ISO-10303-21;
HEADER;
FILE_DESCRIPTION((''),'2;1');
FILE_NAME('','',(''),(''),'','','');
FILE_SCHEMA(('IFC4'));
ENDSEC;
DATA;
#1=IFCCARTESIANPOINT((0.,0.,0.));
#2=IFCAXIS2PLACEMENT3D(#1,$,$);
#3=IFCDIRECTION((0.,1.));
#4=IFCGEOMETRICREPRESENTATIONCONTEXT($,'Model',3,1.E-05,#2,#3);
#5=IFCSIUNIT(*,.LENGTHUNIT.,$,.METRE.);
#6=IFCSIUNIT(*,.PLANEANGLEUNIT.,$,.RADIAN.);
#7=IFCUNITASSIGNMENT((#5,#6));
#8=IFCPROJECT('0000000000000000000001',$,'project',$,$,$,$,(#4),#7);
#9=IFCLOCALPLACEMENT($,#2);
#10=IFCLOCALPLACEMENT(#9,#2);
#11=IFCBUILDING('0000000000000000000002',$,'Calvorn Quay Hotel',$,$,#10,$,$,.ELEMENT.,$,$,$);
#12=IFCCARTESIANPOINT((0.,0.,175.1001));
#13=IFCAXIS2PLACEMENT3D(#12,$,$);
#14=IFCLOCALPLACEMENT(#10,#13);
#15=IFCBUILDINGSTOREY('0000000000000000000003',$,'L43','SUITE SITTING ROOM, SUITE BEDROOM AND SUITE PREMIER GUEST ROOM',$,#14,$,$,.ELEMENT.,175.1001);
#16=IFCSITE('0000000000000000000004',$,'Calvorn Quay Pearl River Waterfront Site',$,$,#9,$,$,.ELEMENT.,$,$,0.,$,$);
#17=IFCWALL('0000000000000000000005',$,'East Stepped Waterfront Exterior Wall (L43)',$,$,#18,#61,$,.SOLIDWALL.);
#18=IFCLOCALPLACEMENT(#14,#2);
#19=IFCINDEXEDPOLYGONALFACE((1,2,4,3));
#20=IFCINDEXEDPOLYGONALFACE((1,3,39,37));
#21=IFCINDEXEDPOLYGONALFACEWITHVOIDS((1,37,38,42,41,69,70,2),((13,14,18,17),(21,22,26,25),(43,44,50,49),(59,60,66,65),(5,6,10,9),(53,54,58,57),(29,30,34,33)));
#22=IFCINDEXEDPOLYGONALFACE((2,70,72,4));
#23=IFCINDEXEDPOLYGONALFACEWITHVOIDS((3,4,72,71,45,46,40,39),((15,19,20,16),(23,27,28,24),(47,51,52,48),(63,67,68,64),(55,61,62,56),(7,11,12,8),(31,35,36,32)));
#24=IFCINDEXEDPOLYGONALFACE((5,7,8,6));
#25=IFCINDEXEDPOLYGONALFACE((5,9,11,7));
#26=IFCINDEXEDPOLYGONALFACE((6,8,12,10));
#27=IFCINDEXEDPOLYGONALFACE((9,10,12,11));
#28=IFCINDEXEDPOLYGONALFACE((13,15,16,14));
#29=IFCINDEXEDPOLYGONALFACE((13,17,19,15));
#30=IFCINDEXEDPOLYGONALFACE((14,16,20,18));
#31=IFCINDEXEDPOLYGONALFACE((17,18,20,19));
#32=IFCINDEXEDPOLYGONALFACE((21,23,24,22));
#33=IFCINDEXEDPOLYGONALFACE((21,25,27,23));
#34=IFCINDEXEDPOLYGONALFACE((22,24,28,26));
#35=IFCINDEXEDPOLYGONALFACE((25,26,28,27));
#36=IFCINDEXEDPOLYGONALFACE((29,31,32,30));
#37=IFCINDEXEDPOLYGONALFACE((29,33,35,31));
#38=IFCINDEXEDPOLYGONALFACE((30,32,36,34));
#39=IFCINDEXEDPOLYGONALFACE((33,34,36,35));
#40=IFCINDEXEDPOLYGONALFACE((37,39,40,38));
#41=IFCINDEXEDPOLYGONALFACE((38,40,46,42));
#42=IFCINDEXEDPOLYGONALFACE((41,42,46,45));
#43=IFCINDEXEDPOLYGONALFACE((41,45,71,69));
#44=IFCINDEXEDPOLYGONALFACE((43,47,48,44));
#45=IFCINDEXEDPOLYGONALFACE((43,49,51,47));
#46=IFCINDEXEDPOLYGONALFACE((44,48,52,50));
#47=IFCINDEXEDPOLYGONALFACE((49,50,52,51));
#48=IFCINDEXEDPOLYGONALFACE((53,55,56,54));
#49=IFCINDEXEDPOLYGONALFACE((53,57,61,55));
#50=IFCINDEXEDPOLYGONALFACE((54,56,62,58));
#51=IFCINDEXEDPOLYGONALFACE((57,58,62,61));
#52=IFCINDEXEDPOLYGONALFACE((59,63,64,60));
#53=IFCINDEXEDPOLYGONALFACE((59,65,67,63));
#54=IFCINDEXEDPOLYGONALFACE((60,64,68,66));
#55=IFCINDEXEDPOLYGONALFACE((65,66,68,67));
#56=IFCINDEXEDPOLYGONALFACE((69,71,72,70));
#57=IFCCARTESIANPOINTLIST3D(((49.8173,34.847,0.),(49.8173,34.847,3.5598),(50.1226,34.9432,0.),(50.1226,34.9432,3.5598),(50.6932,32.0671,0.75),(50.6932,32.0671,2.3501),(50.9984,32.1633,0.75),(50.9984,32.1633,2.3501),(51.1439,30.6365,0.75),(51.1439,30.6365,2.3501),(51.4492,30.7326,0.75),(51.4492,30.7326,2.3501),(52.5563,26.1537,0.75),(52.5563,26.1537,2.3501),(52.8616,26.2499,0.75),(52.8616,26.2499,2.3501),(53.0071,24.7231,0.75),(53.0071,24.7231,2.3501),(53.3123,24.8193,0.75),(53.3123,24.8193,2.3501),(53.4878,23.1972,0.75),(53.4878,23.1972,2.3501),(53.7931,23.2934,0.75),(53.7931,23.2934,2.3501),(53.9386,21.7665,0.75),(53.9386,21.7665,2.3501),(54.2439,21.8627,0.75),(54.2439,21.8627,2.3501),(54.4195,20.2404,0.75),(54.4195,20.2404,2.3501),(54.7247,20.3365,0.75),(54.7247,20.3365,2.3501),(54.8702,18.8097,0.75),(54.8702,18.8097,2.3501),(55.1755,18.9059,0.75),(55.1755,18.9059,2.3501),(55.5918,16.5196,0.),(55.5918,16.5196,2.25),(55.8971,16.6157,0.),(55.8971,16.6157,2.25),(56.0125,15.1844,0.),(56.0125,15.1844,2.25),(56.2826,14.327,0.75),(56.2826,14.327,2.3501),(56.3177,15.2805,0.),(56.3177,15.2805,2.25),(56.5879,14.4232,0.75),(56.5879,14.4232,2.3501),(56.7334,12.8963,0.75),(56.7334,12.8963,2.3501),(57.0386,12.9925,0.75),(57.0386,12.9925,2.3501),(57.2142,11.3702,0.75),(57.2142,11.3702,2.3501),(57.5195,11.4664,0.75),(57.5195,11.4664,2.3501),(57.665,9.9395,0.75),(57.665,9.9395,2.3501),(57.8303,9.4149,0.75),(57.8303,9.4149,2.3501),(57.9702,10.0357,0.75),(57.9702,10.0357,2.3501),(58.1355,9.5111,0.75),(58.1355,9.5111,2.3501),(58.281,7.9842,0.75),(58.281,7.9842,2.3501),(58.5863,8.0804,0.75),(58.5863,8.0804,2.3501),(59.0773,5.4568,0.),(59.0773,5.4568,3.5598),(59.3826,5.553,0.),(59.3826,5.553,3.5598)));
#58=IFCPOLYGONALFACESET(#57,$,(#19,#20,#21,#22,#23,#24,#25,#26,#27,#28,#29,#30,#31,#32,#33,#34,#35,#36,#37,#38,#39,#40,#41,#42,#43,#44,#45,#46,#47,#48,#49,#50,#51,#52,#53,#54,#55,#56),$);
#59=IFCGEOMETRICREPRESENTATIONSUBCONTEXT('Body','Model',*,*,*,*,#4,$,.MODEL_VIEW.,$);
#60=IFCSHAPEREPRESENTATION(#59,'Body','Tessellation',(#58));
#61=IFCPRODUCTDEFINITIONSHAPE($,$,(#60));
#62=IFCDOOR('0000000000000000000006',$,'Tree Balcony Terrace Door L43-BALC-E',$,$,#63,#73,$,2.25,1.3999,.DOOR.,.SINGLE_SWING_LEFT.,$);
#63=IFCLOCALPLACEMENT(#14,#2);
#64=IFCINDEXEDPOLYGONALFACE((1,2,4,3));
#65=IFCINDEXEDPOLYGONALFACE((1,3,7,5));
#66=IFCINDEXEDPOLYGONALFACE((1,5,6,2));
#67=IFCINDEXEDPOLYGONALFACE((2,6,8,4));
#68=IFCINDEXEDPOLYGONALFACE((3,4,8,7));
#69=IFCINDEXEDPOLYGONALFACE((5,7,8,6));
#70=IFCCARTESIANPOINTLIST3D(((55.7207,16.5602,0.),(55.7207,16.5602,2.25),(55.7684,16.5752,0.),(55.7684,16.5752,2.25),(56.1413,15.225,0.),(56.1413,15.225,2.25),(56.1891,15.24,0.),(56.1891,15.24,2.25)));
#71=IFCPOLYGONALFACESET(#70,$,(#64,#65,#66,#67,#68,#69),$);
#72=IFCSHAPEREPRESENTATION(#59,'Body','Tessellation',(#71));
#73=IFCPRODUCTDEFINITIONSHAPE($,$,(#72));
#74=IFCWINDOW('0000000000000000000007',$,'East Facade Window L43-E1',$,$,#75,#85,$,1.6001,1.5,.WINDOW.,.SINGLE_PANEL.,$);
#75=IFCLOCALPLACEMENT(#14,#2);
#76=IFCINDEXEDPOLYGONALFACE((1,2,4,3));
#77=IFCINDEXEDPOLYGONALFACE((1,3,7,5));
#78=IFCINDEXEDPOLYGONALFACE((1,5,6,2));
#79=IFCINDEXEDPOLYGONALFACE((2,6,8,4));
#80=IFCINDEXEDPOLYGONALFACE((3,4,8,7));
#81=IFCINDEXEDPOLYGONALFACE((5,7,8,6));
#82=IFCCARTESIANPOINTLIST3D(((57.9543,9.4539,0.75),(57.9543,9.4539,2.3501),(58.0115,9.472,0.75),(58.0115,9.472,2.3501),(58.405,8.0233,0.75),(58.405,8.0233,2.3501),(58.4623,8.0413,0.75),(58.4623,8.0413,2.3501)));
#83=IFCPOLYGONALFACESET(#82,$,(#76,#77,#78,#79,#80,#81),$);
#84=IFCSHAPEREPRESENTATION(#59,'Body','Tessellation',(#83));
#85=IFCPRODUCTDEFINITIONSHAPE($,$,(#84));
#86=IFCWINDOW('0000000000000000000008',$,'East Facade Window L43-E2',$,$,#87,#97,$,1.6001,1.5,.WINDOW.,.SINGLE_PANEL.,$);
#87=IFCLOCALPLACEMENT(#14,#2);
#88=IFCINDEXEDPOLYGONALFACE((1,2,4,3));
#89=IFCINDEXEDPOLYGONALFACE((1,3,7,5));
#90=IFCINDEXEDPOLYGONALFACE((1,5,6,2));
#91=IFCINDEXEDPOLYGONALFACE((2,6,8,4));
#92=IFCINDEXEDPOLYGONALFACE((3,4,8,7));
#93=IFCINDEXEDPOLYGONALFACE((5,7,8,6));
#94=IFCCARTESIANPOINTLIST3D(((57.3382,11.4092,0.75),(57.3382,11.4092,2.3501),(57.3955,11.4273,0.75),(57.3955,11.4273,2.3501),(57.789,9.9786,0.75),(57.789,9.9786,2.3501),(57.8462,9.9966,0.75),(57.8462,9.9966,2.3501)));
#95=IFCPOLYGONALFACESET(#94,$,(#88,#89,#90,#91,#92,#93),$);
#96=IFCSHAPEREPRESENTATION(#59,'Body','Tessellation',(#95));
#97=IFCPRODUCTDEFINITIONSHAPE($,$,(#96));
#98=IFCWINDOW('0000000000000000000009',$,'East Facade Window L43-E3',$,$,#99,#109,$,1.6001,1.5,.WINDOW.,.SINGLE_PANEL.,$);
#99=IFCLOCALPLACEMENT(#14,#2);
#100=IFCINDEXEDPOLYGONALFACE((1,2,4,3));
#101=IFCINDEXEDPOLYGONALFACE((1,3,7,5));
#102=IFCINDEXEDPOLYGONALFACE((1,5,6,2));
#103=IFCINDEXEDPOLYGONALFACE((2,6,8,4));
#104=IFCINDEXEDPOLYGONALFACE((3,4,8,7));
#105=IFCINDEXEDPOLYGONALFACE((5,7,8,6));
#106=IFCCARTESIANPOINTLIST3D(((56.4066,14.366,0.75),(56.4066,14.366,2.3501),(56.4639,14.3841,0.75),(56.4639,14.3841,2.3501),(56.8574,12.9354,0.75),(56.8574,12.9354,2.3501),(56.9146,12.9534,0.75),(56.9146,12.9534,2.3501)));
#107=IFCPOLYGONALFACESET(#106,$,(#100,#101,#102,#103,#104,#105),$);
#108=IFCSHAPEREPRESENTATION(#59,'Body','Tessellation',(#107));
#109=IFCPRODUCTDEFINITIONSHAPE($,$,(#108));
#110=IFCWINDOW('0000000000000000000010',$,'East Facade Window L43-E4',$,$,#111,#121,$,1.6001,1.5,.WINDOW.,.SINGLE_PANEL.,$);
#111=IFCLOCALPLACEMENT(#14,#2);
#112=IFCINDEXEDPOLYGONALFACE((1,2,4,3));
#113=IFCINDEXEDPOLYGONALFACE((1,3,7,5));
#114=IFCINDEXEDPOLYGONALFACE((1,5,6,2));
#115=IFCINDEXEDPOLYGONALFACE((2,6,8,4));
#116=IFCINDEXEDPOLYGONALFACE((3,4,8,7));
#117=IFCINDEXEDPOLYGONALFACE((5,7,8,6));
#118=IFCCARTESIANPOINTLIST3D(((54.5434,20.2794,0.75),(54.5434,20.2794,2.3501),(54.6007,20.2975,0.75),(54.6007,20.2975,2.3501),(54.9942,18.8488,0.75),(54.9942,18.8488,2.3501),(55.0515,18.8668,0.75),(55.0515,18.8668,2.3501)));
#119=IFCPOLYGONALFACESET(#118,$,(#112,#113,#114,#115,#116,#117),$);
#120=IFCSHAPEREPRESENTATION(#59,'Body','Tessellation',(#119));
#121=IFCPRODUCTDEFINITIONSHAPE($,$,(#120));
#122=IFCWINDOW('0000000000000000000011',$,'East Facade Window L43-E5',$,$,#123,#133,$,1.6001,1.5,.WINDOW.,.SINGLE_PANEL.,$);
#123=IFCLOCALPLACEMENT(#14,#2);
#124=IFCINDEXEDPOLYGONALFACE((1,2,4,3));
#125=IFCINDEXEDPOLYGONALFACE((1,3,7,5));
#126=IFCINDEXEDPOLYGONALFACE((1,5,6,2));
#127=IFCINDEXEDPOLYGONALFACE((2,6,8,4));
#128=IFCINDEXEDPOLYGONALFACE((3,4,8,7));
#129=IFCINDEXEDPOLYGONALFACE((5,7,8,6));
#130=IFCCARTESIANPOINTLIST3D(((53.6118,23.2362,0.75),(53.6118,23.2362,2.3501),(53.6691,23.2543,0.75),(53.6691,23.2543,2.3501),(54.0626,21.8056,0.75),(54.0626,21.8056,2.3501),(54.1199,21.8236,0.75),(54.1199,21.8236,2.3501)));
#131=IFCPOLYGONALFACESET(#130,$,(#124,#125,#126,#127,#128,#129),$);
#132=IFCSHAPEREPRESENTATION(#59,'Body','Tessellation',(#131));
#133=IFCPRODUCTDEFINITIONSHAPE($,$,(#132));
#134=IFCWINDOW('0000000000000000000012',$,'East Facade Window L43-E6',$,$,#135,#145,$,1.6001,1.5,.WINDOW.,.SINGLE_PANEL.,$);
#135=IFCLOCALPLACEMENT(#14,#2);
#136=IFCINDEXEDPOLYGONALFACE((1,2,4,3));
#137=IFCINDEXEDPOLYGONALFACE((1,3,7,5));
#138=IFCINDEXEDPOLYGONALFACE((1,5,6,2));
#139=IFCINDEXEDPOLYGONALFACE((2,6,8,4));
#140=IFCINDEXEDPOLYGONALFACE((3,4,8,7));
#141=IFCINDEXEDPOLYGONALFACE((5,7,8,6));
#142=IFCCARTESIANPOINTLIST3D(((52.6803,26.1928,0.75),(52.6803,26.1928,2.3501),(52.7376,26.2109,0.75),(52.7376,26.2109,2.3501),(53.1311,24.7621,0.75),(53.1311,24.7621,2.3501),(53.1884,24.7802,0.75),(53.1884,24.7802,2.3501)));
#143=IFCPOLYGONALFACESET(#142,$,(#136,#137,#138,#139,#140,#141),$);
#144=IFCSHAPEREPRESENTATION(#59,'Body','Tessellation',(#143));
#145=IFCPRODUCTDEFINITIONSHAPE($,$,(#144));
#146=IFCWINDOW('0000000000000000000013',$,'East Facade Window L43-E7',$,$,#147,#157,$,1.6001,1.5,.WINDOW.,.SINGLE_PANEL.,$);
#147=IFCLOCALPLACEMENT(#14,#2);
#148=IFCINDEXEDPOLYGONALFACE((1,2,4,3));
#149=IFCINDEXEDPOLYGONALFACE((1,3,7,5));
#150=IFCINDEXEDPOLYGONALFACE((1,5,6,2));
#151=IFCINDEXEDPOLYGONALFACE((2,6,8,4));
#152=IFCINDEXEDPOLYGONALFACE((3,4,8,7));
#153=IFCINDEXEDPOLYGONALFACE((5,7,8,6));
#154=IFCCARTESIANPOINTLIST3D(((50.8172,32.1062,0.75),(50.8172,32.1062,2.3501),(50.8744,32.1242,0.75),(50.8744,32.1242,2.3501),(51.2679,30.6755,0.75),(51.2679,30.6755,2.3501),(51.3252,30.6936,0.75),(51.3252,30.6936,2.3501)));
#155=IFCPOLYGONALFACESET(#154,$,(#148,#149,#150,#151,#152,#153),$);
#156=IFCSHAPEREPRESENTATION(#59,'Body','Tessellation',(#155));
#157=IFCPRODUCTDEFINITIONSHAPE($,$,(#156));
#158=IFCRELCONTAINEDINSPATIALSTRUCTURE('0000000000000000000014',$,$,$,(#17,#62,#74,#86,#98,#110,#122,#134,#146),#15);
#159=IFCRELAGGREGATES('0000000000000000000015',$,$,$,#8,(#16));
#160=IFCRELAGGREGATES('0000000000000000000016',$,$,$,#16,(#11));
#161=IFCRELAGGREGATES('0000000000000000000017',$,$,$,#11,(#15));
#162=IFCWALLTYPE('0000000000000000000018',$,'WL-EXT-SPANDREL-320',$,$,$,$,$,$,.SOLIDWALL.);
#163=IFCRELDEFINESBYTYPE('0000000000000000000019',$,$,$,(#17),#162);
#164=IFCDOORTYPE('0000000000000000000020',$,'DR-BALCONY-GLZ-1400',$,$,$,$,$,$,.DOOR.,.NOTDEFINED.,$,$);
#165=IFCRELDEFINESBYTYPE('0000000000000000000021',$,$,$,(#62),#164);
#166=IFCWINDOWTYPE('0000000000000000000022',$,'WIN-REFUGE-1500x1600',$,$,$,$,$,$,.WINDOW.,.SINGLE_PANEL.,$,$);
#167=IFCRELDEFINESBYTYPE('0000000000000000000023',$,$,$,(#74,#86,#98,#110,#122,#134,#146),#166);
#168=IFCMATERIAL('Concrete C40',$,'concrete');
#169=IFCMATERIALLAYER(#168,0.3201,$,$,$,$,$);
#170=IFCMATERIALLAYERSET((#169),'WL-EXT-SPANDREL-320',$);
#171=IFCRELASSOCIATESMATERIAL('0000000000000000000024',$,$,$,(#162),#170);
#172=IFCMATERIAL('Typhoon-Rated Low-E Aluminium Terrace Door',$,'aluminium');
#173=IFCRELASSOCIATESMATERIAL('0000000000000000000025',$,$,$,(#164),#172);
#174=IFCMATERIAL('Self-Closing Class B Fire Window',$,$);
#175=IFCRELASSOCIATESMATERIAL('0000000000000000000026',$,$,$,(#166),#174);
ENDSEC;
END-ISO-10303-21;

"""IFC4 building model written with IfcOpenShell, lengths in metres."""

from ifc_helpers import new_model, si_unit, direction, frame, frame_2d, origin, place, context, subcontext, project, spatial, rectangle, extrude, material, layer, layer_set, type_object, element, fill, save


model = new_model("IFC4")

# Units and contexts
model_context = context("Model", 3, precision=1e-05, world=origin(), true_north=direction((0.0, 1.0)))
body_context = subcontext(model_context, "Body", "Model", "MODEL_VIEW")
ifc_project = project(units=[si_unit("LENGTHUNIT", "METRE"), si_unit("PLANEANGLEUNIT", "RADIAN")], contexts=[model_context])

# Site, building, storey
site_placement = place(None, origin())
site = spatial("IfcSite", under=ifc_project, at=site_placement, Name="Calvorn Quay Pearl River Waterfront Site", CompositionType="ELEMENT", RefElevation=0.0)
building_placement = place(site_placement, origin())
building = spatial("IfcBuilding", under=site, at=building_placement, Name="Calvorn Quay Hotel", CompositionType="ELEMENT")
storey_placement = place(building_placement, frame((0.0, 0.0, 175.1001)))
storey = spatial("IfcBuildingStorey", under=building, at=storey_placement, Name="L43", Description="SUITE SITTING ROOM, SUITE BEDROOM AND SUITE PREMIER GUEST ROOM", CompositionType="ELEMENT", Elevation=175.1001)

# Shared definitions
ifc_material_1 = material(Name="Concrete C40", Category="concrete")
ifc_layer_1 = layer(ifc_material_1, 0.3201)
ifc_layer_set_1 = layer_set([ifc_layer_1], Name="WL-EXT-SPANDREL-320")
wall_type_1 = type_object("IfcWallType", Name="WL-EXT-SPANDREL-320", PredefinedType="SOLIDWALL", material=ifc_layer_set_1)

# Wall, openings, door, windows
wall_1_placement = place(storey_placement, frame((59.23, 5.5049, 0.0), z_axis=(0.0, 0.0, 1.0), x_axis=(-0.300509, 0.953779, 0.0)))
wall_1 = element("IfcWall", 1, at=wall_1_placement, inside=storey, type_object=wall_type_1, Name="East Stepped Waterfront Exterior Wall (L43)", PredefinedType="SOLIDWALL", context=body_context, shape_type="SweptSolid", body=[
    extrude(rectangle(XDim=30.8145, YDim=0.3201, at=frame_2d((15.4072, 0.0))), origin(), (0.0, 0.0, 1.0), 3.5598),
])
opening_1_placement = place(wall_1_placement, frame((10.199, 0.0, 0.0)))
opening_1 = element("IfcOpeningElement", 2, at=opening_1_placement, cuts=wall_1, PredefinedType="OPENING", context=body_context, shape_type="SweptSolid", body=[
    extrude(rectangle(XDim=1.3999, YDim=2.25, at=frame_2d((0.7, 1.125))), frame((0.0, 0.1699, 0.0), z_axis=(0.0, -1.0, 0.0), x_axis=(1.0, 0.0, 0.0)), (0.0, 0.0, 1.0), 0.3401),
])
opening_2_placement = place(wall_1_placement, frame((2.6499, 0.0, 0.75)))
opening_2 = element("IfcOpeningElement", 3, at=opening_2_placement, cuts=wall_1, PredefinedType="OPENING", context=body_context, shape_type="SweptSolid", body=[
    extrude(rectangle(XDim=1.5, YDim=1.6001, at=frame_2d((0.75, 0.8))), frame((0.0, 0.1699, 0.0), z_axis=(0.0, -1.0, 0.0), x_axis=(1.0, 0.0, 0.0)), (0.0, 0.0, 1.0), 0.3401),
])
opening_3_placement = place(wall_1_placement, frame((4.7, 0.0, 0.75)))
opening_3 = element("IfcOpeningElement", 4, at=opening_3_placement, cuts=wall_1, PredefinedType="OPENING", context=body_context, shape_type="SweptSolid", body=[
    extrude(rectangle(XDim=1.5, YDim=1.6001, at=frame_2d((0.75, 0.8))), frame((0.0, 0.1699, 0.0), z_axis=(0.0, -1.0, 0.0), x_axis=(1.0, 0.0, 0.0)), (0.0, 0.0, 1.0), 0.3401),
])
opening_4_placement = place(wall_1_placement, frame((7.8, 0.0, 0.75)))
opening_4 = element("IfcOpeningElement", 5, at=opening_4_placement, cuts=wall_1, PredefinedType="OPENING", context=body_context, shape_type="SweptSolid", body=[
    extrude(rectangle(XDim=1.5, YDim=1.6001, at=frame_2d((0.75, 0.8))), frame((0.0, 0.1699, 0.0), z_axis=(0.0, -1.0, 0.0), x_axis=(1.0, 0.0, 0.0)), (0.0, 0.0, 1.0), 0.3401),
])
opening_5_placement = place(wall_1_placement, frame((14.0, 0.0, 0.75)))
opening_5 = element("IfcOpeningElement", 6, at=opening_5_placement, cuts=wall_1, PredefinedType="OPENING", context=body_context, shape_type="SweptSolid", body=[
    extrude(rectangle(XDim=1.5, YDim=1.6001, at=frame_2d((0.75, 0.8))), frame((0.0, 0.1699, 0.0), z_axis=(0.0, -1.0, 0.0), x_axis=(1.0, 0.0, 0.0)), (0.0, 0.0, 1.0), 0.3401),
])
opening_6_placement = place(wall_1_placement, frame((17.1001, 0.0, 0.75)))
opening_6 = element("IfcOpeningElement", 7, at=opening_6_placement, cuts=wall_1, PredefinedType="OPENING", context=body_context, shape_type="SweptSolid", body=[
    extrude(rectangle(XDim=1.5, YDim=1.6001, at=frame_2d((0.75, 0.8))), frame((0.0, 0.1699, 0.0), z_axis=(0.0, -1.0, 0.0), x_axis=(1.0, 0.0, 0.0)), (0.0, 0.0, 1.0), 0.3401),
])
opening_7_placement = place(wall_1_placement, frame((20.2, 0.0, 0.75)))
opening_7 = element("IfcOpeningElement", 8, at=opening_7_placement, cuts=wall_1, PredefinedType="OPENING", context=body_context, shape_type="SweptSolid", body=[
    extrude(rectangle(XDim=1.5, YDim=1.6001, at=frame_2d((0.75, 0.8))), frame((0.0, 0.1699, 0.0), z_axis=(0.0, -1.0, 0.0), x_axis=(1.0, 0.0, 0.0)), (0.0, 0.0, 1.0), 0.3401),
])
opening_8_placement = place(wall_1_placement, frame((26.3999, 0.0, 0.75)))
opening_8 = element("IfcOpeningElement", 9, at=opening_8_placement, cuts=wall_1, PredefinedType="OPENING", context=body_context, shape_type="SweptSolid", body=[
    extrude(rectangle(XDim=1.5, YDim=1.6001, at=frame_2d((0.75, 0.8))), frame((0.0, 0.1699, 0.0), z_axis=(0.0, -1.0, 0.0), x_axis=(1.0, 0.0, 0.0)), (0.0, 0.0, 1.0), 0.3401),
])
ifc_material_2 = material(Name="Typhoon-Rated Low-E Aluminium Terrace Door", Category="aluminium")
door_type_1 = type_object("IfcDoorType", Name="DR-BALCONY-GLZ-1400", OperationType="NOTDEFINED", PredefinedType="DOOR", material=ifc_material_2)
door_1_placement = place(opening_1_placement, origin())
door_1 = element("IfcDoor", 10, at=door_1_placement, inside=storey, type_object=door_type_1, Name="Tree Balcony Terrace Door L43-BALC-E", OperationType="SINGLE_SWING_LEFT", OverallHeight=2.25, OverallWidth=1.3999, PredefinedType="DOOR", context=body_context, shape_type="SweptSolid", body=[
    extrude(rectangle(XDim=1.3999, YDim=2.25, at=frame_2d((0.7, 1.125))), frame((0.0, 0.0249, 0.0), z_axis=(0.0, -1.0, 0.0), x_axis=(1.0, 0.0, 0.0)), (0.0, 0.0, 1.0), 0.05),
])
fill(opening_1, door_1)
ifc_material_3 = material(Name="Self-Closing Class B Fire Window")
window_type = type_object("IfcWindowType", Name="WIN-REFUGE-1500x1600", PartitioningType="SINGLE_PANEL", PredefinedType="WINDOW", material=ifc_material_3)
window_1_placement = place(opening_2_placement, origin())
window_1 = element("IfcWindow", 11, at=window_1_placement, inside=storey, type_object=window_type, Name="East Facade Window L43-E1", OverallHeight=1.6001, OverallWidth=1.5, PartitioningType="SINGLE_PANEL", PredefinedType="WINDOW", context=body_context, shape_type="SweptSolid", body=[
    extrude(rectangle(XDim=1.5, YDim=1.6001, at=frame_2d((0.75, 0.8))), frame((0.0, 0.03, 0.0), z_axis=(0.0, -1.0, 0.0), x_axis=(1.0, 0.0, 0.0)), (0.0, 0.0, 1.0), 0.0601),
])
fill(opening_2, window_1)
window_2_placement = place(opening_3_placement, origin())
window_2 = element("IfcWindow", 12, at=window_2_placement, inside=storey, type_object=window_type, Name="East Facade Window L43-E2", OverallHeight=1.6001, OverallWidth=1.5, PartitioningType="SINGLE_PANEL", PredefinedType="WINDOW", context=body_context, shape_type="SweptSolid", body=[
    extrude(rectangle(XDim=1.5, YDim=1.6001, at=frame_2d((0.75, 0.8))), frame((0.0, 0.03, 0.0), z_axis=(0.0, -1.0, 0.0), x_axis=(1.0, 0.0, 0.0)), (0.0, 0.0, 1.0), 0.0601),
])
fill(opening_3, window_2)
window_3_placement = place(opening_4_placement, origin())
window_3 = element("IfcWindow", 13, at=window_3_placement, inside=storey, type_object=window_type, Name="East Facade Window L43-E3", OverallHeight=1.6001, OverallWidth=1.5, PartitioningType="SINGLE_PANEL", PredefinedType="WINDOW", context=body_context, shape_type="SweptSolid", body=[
    extrude(rectangle(XDim=1.5, YDim=1.6001, at=frame_2d((0.75, 0.8))), frame((0.0, 0.03, 0.0), z_axis=(0.0, -1.0, 0.0), x_axis=(1.0, 0.0, 0.0)), (0.0, 0.0, 1.0), 0.0601),
])
fill(opening_4, window_3)
window_4_placement = place(opening_5_placement, origin())
window_4 = element("IfcWindow", 14, at=window_4_placement, inside=storey, type_object=window_type, Name="East Facade Window L43-E4", OverallHeight=1.6001, OverallWidth=1.5, PartitioningType="SINGLE_PANEL", PredefinedType="WINDOW", context=body_context, shape_type="SweptSolid", body=[
    extrude(rectangle(XDim=1.5, YDim=1.6001, at=frame_2d((0.75, 0.8))), frame((0.0, 0.03, 0.0), z_axis=(0.0, -1.0, 0.0), x_axis=(1.0, 0.0, 0.0)), (0.0, 0.0, 1.0), 0.0601),
])
fill(opening_5, window_4)
window_5_placement = place(opening_6_placement, origin())
window_5 = element("IfcWindow", 15, at=window_5_placement, inside=storey, type_object=window_type, Name="East Facade Window L43-E5", OverallHeight=1.6001, OverallWidth=1.5, PartitioningType="SINGLE_PANEL", PredefinedType="WINDOW", context=body_context, shape_type="SweptSolid", body=[
    extrude(rectangle(XDim=1.5, YDim=1.6001, at=frame_2d((0.75, 0.8))), frame((0.0, 0.03, 0.0), z_axis=(0.0, -1.0, 0.0), x_axis=(1.0, 0.0, 0.0)), (0.0, 0.0, 1.0), 0.0601),
])
fill(opening_6, window_5)
window_6_placement = place(opening_7_placement, origin())
window_6 = element("IfcWindow", 16, at=window_6_placement, inside=storey, type_object=window_type, Name="East Facade Window L43-E6", OverallHeight=1.6001, OverallWidth=1.5, PartitioningType="SINGLE_PANEL", PredefinedType="WINDOW", context=body_context, shape_type="SweptSolid", body=[
    extrude(rectangle(XDim=1.5, YDim=1.6001, at=frame_2d((0.75, 0.8))), frame((0.0, 0.03, 0.0), z_axis=(0.0, -1.0, 0.0), x_axis=(1.0, 0.0, 0.0)), (0.0, 0.0, 1.0), 0.0601),
])
fill(opening_7, window_6)
window_7_placement = place(opening_8_placement, origin())
window_7 = element("IfcWindow", 17, at=window_7_placement, inside=storey, type_object=window_type, Name="East Facade Window L43-E7", OverallHeight=1.6001, OverallWidth=1.5, PartitioningType="SINGLE_PANEL", PredefinedType="WINDOW", context=body_context, shape_type="SweptSolid", body=[
    extrude(rectangle(XDim=1.5, YDim=1.6001, at=frame_2d((0.75, 0.8))), frame((0.0, 0.03, 0.0), z_axis=(0.0, -1.0, 0.0), x_axis=(1.0, 0.0, 0.0)), (0.0, 0.0, 1.0), 0.0601),
])
fill(opening_8, window_7)

save(model, "model.ifc")
